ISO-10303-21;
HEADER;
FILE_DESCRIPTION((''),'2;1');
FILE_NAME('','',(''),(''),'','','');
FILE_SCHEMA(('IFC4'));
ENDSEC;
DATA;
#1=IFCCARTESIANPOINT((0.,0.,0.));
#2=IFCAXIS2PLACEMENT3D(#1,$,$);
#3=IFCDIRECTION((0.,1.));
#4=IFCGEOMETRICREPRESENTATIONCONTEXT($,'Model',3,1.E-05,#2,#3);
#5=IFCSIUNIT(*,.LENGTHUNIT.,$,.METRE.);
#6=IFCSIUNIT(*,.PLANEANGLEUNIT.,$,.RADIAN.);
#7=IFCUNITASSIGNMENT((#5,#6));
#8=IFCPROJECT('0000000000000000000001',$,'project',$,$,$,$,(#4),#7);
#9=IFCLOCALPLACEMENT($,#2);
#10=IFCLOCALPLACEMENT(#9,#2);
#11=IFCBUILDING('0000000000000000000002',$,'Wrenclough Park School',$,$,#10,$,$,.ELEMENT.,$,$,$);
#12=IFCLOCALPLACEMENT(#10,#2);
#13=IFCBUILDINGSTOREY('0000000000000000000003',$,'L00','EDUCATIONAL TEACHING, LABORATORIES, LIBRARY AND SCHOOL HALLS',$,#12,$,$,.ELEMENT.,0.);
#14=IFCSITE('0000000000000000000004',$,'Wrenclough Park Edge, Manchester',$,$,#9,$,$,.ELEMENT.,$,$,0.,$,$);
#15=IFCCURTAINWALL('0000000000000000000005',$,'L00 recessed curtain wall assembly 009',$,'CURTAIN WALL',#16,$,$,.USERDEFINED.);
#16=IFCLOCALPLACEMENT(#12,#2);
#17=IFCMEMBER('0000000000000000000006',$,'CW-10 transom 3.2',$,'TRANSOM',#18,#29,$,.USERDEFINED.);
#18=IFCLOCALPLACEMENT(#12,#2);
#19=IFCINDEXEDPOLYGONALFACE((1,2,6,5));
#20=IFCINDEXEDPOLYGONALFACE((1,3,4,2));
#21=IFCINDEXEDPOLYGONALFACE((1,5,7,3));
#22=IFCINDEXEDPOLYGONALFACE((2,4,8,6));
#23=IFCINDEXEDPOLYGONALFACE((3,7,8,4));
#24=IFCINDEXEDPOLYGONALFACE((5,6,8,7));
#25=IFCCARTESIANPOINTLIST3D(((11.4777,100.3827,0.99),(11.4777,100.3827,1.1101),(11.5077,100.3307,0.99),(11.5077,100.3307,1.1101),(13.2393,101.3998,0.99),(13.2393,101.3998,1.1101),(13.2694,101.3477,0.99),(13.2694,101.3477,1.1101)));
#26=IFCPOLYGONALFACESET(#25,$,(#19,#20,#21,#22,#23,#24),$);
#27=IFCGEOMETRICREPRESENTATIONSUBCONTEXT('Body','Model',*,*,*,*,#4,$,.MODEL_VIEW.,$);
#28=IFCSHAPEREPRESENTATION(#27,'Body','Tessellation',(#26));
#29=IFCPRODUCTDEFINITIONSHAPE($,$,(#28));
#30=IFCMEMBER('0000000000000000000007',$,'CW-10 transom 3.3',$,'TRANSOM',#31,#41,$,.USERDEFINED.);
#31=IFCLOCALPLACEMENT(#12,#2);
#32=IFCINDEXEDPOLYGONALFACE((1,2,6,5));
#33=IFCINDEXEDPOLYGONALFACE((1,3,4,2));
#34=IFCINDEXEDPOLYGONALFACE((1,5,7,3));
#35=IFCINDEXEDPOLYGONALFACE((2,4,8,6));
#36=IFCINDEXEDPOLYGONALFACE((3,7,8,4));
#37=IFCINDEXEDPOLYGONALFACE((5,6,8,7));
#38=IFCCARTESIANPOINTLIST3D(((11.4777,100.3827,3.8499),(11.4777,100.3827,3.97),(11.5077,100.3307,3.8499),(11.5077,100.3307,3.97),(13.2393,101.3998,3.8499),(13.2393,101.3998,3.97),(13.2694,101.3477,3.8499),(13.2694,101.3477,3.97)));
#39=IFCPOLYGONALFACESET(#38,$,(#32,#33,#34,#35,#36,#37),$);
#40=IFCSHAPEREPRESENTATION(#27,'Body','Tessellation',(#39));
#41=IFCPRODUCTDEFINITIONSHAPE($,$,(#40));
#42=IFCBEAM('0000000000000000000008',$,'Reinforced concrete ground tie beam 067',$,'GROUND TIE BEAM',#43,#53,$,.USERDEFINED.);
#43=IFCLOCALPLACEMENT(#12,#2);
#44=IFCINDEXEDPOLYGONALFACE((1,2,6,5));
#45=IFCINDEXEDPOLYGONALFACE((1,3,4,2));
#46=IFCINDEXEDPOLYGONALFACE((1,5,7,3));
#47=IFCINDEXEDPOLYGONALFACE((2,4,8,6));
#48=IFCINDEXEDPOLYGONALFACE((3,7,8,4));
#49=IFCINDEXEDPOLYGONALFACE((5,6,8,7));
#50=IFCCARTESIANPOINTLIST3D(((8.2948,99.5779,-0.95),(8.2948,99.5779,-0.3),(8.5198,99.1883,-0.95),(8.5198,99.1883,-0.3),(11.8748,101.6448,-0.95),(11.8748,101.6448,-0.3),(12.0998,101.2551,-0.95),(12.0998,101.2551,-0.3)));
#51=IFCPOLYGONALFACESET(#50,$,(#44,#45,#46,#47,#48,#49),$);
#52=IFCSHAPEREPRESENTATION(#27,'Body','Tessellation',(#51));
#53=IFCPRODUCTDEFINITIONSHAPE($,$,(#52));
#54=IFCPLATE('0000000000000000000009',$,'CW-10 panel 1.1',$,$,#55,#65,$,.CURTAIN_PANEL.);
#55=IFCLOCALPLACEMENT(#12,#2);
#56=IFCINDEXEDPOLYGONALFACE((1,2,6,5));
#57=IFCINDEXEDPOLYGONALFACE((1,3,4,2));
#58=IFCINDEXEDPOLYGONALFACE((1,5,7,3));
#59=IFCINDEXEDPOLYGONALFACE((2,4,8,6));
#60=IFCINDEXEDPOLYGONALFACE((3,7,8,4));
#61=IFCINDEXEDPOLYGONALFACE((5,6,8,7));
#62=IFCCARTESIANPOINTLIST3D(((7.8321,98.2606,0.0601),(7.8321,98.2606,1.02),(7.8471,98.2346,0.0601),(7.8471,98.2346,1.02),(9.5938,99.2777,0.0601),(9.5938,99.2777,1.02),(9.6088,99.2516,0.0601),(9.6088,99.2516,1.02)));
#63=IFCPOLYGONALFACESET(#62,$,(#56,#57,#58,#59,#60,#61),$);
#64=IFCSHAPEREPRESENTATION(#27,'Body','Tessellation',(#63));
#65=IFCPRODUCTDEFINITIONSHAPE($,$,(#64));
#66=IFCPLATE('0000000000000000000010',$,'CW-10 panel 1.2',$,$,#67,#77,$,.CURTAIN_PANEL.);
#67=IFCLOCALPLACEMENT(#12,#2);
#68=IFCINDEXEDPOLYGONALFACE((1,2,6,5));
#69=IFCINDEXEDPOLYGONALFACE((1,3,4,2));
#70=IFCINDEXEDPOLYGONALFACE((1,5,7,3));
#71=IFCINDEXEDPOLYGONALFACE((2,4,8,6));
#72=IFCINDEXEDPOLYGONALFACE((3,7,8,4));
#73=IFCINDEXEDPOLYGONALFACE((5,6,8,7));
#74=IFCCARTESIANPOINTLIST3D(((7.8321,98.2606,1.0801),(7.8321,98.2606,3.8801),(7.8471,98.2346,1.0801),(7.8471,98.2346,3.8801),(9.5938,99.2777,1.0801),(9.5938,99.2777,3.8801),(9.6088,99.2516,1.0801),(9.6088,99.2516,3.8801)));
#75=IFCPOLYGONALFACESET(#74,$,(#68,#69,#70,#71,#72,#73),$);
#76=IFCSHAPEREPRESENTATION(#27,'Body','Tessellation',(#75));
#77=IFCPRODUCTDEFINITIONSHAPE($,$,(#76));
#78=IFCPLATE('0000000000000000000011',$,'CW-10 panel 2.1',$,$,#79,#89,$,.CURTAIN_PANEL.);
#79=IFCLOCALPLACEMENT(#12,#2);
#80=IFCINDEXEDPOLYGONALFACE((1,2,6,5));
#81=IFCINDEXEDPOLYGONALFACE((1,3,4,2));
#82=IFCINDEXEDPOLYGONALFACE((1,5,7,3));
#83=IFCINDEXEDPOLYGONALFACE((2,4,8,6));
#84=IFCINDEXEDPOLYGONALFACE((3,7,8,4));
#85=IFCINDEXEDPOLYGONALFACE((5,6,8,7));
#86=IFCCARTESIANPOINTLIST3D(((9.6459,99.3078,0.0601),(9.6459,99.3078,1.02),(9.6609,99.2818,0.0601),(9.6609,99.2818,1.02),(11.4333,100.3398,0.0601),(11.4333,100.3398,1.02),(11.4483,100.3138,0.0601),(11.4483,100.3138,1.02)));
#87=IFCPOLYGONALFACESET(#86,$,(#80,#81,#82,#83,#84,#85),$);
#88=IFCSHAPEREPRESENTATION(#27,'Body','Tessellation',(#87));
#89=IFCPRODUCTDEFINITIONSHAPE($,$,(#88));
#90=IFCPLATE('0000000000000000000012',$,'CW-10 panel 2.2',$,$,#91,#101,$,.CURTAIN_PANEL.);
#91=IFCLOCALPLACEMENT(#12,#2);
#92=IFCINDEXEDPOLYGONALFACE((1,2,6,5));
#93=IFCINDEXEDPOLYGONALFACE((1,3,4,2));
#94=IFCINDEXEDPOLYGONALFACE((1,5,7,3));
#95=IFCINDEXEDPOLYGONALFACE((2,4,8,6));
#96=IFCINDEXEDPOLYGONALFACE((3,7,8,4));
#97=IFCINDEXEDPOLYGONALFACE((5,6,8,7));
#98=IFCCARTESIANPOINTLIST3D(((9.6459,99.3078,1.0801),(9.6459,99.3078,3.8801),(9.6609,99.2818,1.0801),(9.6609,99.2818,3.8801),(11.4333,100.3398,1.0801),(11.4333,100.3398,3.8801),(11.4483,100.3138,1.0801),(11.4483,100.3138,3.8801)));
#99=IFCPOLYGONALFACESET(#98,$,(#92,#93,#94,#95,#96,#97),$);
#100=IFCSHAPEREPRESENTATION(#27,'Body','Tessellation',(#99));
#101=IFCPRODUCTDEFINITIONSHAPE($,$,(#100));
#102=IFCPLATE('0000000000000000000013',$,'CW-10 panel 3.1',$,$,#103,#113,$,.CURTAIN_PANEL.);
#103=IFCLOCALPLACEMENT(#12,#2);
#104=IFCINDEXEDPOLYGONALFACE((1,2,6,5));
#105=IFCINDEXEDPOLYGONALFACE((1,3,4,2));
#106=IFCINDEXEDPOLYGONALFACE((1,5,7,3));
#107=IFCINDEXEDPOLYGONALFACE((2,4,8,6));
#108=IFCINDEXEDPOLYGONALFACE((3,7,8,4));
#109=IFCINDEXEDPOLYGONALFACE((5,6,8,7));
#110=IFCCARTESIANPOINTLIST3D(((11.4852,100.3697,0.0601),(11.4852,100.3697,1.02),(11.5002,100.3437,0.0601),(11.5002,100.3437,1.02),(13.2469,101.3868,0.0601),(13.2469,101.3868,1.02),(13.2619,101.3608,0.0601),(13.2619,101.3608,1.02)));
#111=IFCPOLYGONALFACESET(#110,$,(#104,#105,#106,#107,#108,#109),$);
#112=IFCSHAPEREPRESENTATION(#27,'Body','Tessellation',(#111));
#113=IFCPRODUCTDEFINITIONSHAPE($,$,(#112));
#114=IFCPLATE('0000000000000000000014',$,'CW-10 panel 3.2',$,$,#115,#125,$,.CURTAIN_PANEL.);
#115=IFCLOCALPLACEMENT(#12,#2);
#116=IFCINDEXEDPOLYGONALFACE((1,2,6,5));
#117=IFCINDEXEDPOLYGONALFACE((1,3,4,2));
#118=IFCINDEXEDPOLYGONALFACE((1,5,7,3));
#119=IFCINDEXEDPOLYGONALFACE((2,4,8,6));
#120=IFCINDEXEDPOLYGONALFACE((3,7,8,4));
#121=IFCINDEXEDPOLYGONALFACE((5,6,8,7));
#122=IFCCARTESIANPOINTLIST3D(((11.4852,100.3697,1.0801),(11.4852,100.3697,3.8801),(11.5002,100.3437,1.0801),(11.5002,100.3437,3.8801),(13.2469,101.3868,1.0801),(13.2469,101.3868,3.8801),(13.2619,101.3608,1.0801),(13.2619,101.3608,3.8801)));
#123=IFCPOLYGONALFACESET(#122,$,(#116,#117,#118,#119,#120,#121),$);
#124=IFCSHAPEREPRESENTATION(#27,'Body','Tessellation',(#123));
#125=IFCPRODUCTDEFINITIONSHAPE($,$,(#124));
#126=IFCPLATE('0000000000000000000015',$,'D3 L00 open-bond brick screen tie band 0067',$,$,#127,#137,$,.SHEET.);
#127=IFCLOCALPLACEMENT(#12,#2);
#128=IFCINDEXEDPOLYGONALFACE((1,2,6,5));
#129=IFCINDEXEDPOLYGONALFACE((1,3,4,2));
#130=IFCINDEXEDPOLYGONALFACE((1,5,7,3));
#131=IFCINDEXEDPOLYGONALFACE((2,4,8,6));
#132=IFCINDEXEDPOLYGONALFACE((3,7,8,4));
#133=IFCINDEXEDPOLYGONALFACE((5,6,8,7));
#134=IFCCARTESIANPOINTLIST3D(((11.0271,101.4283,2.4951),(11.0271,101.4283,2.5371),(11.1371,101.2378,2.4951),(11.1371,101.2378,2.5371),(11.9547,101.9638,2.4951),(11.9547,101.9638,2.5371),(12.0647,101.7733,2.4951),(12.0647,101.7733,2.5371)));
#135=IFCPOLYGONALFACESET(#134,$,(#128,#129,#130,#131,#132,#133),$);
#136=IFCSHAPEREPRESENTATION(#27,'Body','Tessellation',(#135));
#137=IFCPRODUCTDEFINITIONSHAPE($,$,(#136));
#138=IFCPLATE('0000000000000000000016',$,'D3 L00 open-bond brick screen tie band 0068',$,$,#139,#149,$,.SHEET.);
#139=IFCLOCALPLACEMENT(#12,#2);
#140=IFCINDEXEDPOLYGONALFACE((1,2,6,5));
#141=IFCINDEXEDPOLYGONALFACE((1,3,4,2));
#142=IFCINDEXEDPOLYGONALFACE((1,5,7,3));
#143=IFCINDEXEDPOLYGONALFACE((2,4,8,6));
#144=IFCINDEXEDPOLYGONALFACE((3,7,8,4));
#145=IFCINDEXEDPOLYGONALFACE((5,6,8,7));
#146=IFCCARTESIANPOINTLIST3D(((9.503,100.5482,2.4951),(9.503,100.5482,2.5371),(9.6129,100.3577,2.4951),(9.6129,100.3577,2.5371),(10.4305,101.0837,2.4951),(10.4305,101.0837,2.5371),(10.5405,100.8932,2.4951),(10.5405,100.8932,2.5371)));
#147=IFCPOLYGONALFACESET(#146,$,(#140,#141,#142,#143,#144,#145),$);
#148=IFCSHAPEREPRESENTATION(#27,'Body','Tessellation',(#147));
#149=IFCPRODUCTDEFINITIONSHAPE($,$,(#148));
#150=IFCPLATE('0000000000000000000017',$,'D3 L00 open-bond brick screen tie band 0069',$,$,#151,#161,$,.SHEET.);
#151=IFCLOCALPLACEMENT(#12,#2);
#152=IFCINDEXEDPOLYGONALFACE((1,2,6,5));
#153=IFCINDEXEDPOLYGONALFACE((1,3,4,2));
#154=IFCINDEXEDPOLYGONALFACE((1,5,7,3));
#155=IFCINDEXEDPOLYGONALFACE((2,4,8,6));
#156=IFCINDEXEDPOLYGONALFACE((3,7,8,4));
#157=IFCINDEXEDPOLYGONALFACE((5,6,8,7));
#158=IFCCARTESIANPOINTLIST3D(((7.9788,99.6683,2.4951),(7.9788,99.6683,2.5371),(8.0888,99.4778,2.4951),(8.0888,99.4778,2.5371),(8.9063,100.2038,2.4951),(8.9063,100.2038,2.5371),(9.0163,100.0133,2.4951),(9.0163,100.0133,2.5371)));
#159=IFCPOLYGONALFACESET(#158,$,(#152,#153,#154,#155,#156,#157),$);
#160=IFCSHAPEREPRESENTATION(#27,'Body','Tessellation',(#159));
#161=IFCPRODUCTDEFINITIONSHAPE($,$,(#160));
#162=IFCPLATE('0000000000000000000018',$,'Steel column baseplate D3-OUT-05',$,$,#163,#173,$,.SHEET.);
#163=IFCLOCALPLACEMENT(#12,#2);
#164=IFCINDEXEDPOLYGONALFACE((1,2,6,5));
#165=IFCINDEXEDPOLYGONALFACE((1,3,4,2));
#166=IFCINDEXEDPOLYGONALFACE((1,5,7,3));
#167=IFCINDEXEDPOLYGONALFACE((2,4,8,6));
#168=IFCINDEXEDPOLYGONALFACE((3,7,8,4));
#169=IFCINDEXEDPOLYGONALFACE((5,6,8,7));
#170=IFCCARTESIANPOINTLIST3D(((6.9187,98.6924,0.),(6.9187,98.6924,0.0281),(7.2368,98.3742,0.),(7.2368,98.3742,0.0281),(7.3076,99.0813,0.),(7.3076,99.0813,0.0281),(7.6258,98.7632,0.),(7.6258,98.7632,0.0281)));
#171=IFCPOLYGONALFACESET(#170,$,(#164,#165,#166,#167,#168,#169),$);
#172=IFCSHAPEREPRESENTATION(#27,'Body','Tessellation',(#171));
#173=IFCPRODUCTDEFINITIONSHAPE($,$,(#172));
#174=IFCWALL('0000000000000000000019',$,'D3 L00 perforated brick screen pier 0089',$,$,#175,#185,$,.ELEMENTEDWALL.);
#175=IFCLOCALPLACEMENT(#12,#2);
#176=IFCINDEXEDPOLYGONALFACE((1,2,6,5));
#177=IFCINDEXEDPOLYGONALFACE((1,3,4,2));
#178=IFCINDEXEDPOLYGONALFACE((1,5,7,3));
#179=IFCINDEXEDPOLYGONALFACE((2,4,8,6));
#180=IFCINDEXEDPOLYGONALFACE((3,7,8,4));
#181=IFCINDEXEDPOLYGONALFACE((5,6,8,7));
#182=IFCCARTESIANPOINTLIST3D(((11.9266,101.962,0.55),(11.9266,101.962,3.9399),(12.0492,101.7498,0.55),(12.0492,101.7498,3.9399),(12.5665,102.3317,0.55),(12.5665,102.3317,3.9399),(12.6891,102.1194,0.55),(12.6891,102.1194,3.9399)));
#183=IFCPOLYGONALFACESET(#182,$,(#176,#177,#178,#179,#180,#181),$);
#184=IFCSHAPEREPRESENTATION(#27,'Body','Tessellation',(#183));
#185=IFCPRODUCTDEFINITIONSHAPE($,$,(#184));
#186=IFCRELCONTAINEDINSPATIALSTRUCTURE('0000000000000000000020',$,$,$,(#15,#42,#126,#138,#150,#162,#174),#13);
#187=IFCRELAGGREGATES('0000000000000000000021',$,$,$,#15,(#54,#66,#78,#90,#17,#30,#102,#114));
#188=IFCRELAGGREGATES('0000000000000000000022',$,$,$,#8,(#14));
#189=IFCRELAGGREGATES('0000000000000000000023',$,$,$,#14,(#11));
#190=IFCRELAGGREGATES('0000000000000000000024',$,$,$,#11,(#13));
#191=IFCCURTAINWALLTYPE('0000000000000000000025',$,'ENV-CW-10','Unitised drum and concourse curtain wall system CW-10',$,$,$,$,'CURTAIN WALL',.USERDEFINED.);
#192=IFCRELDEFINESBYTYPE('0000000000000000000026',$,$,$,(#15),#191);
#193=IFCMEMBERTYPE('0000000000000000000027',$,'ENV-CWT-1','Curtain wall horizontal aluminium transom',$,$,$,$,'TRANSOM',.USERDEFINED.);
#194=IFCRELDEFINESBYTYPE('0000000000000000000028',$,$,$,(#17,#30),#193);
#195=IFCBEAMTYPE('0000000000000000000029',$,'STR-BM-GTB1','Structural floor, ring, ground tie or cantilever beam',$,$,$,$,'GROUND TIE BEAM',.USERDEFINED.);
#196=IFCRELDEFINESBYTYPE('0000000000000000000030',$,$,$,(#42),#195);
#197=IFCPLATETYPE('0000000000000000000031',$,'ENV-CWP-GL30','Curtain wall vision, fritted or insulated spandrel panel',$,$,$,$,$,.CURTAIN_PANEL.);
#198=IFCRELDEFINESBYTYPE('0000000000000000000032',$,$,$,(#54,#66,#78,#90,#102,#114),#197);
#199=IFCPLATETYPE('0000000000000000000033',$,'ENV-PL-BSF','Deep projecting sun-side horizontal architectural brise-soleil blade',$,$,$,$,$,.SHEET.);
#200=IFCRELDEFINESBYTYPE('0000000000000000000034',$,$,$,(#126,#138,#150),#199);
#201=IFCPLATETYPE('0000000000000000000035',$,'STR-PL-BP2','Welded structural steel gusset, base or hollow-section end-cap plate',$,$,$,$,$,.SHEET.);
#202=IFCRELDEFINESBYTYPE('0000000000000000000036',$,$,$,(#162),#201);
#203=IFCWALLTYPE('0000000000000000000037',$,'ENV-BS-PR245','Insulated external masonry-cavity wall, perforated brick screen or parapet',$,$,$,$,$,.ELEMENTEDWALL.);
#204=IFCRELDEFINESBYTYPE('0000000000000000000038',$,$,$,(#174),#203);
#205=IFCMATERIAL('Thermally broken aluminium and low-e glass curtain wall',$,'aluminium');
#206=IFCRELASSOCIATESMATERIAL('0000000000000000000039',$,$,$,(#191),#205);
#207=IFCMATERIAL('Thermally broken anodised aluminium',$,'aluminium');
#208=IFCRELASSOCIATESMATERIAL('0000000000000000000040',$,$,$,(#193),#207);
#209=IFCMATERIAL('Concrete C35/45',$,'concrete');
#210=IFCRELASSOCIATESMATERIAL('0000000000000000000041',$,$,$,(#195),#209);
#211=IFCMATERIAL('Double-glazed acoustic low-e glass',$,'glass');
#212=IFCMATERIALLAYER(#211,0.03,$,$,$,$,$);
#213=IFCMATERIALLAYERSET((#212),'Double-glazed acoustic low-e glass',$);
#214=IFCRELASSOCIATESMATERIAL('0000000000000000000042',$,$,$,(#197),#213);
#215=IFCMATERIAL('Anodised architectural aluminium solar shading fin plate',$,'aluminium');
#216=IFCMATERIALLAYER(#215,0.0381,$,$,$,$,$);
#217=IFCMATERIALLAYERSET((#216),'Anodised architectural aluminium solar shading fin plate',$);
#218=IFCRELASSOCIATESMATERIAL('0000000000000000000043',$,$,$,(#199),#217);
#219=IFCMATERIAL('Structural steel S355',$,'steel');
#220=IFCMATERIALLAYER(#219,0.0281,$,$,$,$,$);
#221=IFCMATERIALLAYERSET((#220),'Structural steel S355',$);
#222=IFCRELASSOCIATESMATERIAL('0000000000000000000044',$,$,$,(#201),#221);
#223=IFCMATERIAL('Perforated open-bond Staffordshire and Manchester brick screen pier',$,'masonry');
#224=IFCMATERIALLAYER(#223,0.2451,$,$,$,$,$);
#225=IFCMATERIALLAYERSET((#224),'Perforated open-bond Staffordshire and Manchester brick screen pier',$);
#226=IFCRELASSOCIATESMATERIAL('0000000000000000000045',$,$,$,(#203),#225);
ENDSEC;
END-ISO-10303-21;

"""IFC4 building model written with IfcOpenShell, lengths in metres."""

from ifc_helpers import new_model, si_unit, direction, frame, frame_2d, origin, origin_2d, place, context, subcontext, project, spatial, rectangle, extrude, material, layer, layer_set, material_profile, profile_set, type_object, element, aggregate, save


model = new_model("IFC4")

# Units and contexts
model_context = context("Model", 3, precision=1e-05, world=origin(), true_north=direction((0.0, 1.0)))
body_context = subcontext(model_context, "Body", "Model", "MODEL_VIEW")
ifc_project = project(units=[si_unit("LENGTHUNIT", "METRE"), si_unit("PLANEANGLEUNIT", "RADIAN")], contexts=[model_context])

# Site, building, storey
site_placement = place(None, origin())
site = spatial("IfcSite", under=ifc_project, at=site_placement, Name="Wrenclough Park Edge, Manchester", CompositionType="ELEMENT", RefElevation=0.0)
building_placement = place(site_placement, origin())
building = spatial("IfcBuilding", under=site, at=building_placement, Name="Wrenclough Park School", CompositionType="ELEMENT")
storey_placement = place(building_placement, origin())
storey = spatial("IfcBuildingStorey", under=building, at=storey_placement, Name="L00", Description="EDUCATIONAL TEACHING, LABORATORIES, LIBRARY AND SCHOOL HALLS", CompositionType="ELEMENT", Elevation=0.0)

# Shared definitions
ifc_material_1 = material(Name="Concrete C35/45", Category="concrete")

# Shared definitions
ifc_material_2 = material(Name="Structural steel S355", Category="steel")

# Curtain wall, members
ifc_material_3 = material(Name="Thermally broken aluminium and low-e glass curtain wall", Category="aluminium")
curtain_wall_type = type_object("IfcCurtainWallType", Name="ENV-CW-10", Description="Unitised drum and concourse curtain wall system CW-10", ElementType="CURTAIN WALL", PredefinedType="USERDEFINED", material=ifc_material_3)
curtain_wall_placement = place(storey_placement, origin())
curtain_wall = element("IfcCurtainWall", 1, at=curtain_wall_placement, inside=storey, type_object=curtain_wall_type, Name="L00 recessed curtain wall assembly 009", ObjectType="CURTAIN WALL", PredefinedType="USERDEFINED")
ifc_material_4 = material(Name="Thermally broken anodised aluminium", Category="aluminium")
ifc_material_profile_1 = material_profile(ifc_material_4, rectangle(XDim=0.0601, YDim=0.1201, at=origin_2d()), Name="AL TRANSOM 60x120")
ifc_profile_set_1 = profile_set([ifc_material_profile_1], Name="Thermally broken anodised aluminium")
member_type_1 = type_object("IfcMemberType", Name="ENV-CWT-1", Description="Curtain wall horizontal aluminium transom", ElementType="TRANSOM", PredefinedType="USERDEFINED", material=ifc_profile_set_1)
member_1_placement = place(storey_placement, frame((11.4927, 100.3567, 1.05), z_axis=(0.866034, 0.499986, 0.0), x_axis=(-0.499986, 0.866034, 0.0)))
member_1 = element("IfcMember", 2, at=member_1_placement, type_object=member_type_1, Name="CW-10 transom 3.2", ObjectType="TRANSOM", PredefinedType="USERDEFINED", context=body_context, shape_type="SweptSolid", body=[
    extrude(rectangle(XDim=0.0601, YDim=0.1201, at=origin_2d()), origin(), (0.0, 0.0, 1.0), 2.0342),
])
member_2_placement = place(storey_placement, frame((11.4927, 100.3567, 3.9099), z_axis=(0.866034, 0.499986, 0.0), x_axis=(-0.499986, 0.866034, 0.0)))
member_2 = element("IfcMember", 3, at=member_2_placement, type_object=member_type_1, Name="CW-10 transom 3.3", ObjectType="TRANSOM", PredefinedType="USERDEFINED", context=body_context, shape_type="SweptSolid", body=[
    extrude(rectangle(XDim=0.0601, YDim=0.1201, at=origin_2d()), origin(), (0.0, 0.0, 1.0), 2.0342),
])

# Beam
ifc_material_profile_2 = material_profile(ifc_material_1, rectangle(XDim=0.45, YDim=0.6499, at=origin_2d()), Name="RC GROUND 450x650")
ifc_profile_set_2 = profile_set([ifc_material_profile_2], Name="Concrete C35/45")
beam_type = type_object("IfcBeamType", Name="STR-BM-GTB1", Description="Structural floor, ring, ground tie or cantilever beam", ElementType="GROUND TIE BEAM", PredefinedType="USERDEFINED", material=ifc_profile_set_2)
beam_placement = place(storey_placement, frame((11.9873, 101.45, -0.625), z_axis=(-0.866032, -0.499988, 0.0), x_axis=(0.499988, -0.866032, 0.0)))
element("IfcBeam", 4, at=beam_placement, inside=storey, type_object=beam_type, Name="Reinforced concrete ground tie beam 067", ObjectType="GROUND TIE BEAM", PredefinedType="USERDEFINED", context=body_context, shape_type="SweptSolid", body=[
    extrude(rectangle(XDim=0.45, YDim=0.6499, at=origin_2d()), origin(), (0.0, 0.0, 1.0), 4.1338),
])

# Plates
ifc_material_5 = material(Name="Double-glazed acoustic low-e glass", Category="glass")
ifc_layer_1 = layer(ifc_material_5, 0.03)
ifc_layer_set_1 = layer_set([ifc_layer_1], Name="Double-glazed acoustic low-e glass")
plate_type_1 = type_object("IfcPlateType", Name="ENV-CWP-GL30", Description="Curtain wall vision, fritted or insulated spandrel panel", PredefinedType="CURTAIN_PANEL", material=ifc_layer_set_1)
plate_1_placement = place(storey_placement, frame((8.7205, 98.7561, 0.0601), z_axis=(0.0, 0.0, 1.0), x_axis=(0.866026, 0.499999, 0.0)))
plate_1 = element("IfcPlate", 5, at=plate_1_placement, type_object=plate_type_1, Name="CW-10 panel 1.1", PredefinedType="CURTAIN_PANEL", context=body_context, shape_type="SweptSolid", body=[
    extrude(rectangle(XDim=2.0342, YDim=0.03, at=origin_2d()), origin(), (0.0, 0.0, 1.0), 0.96),
])
plate_2_placement = place(storey_placement, frame((8.7205, 98.7561, 1.0801), z_axis=(0.0, 0.0, 1.0), x_axis=(0.866026, 0.499999, 0.0)))
plate_2 = element("IfcPlate", 6, at=plate_2_placement, type_object=plate_type_1, Name="CW-10 panel 1.2", PredefinedType="CURTAIN_PANEL", context=body_context, shape_type="SweptSolid", body=[
    extrude(rectangle(XDim=2.0342, YDim=0.03, at=origin_2d()), origin(), (0.0, 0.0, 1.0), 2.8),
])
plate_3_placement = place(storey_placement, frame((10.5471, 99.8108, 0.0601), z_axis=(0.0, 0.0, 1.0), x_axis=(0.866026, 0.499999, 0.0)))
plate_3 = element("IfcPlate", 7, at=plate_3_placement, type_object=plate_type_1, Name="CW-10 panel 2.1", PredefinedType="CURTAIN_PANEL", context=body_context, shape_type="SweptSolid", body=[
    extrude(rectangle(XDim=2.064, YDim=0.03, at=origin_2d()), origin(), (0.0, 0.0, 1.0), 0.96),
])
plate_4_placement = place(storey_placement, frame((10.5471, 99.8108, 1.0801), z_axis=(0.0, 0.0, 1.0), x_axis=(0.866026, 0.499999, 0.0)))
plate_4 = element("IfcPlate", 8, at=plate_4_placement, type_object=plate_type_1, Name="CW-10 panel 2.2", PredefinedType="CURTAIN_PANEL", context=body_context, shape_type="SweptSolid", body=[
    extrude(rectangle(XDim=2.064, YDim=0.03, at=origin_2d()), origin(), (0.0, 0.0, 1.0), 2.8),
])
plate_5_placement = place(storey_placement, frame((12.3735, 100.8652, 0.0601), z_axis=(0.0, 0.0, 1.0), x_axis=(0.866026, 0.499999, 0.0)))
plate_5 = element("IfcPlate", 9, at=plate_5_placement, type_object=plate_type_1, Name="CW-10 panel 3.1", PredefinedType="CURTAIN_PANEL", context=body_context, shape_type="SweptSolid", body=[
    extrude(rectangle(XDim=2.0342, YDim=0.03, at=origin_2d()), origin(), (0.0, 0.0, 1.0), 0.96),
])
plate_6_placement = place(storey_placement, frame((12.3735, 100.8652, 1.0801), z_axis=(0.0, 0.0, 1.0), x_axis=(0.866026, 0.499999, 0.0)))
plate_6 = element("IfcPlate", 10, at=plate_6_placement, type_object=plate_type_1, Name="CW-10 panel 3.2", PredefinedType="CURTAIN_PANEL", context=body_context, shape_type="SweptSolid", body=[
    extrude(rectangle(XDim=2.0342, YDim=0.03, at=origin_2d()), origin(), (0.0, 0.0, 1.0), 2.8),
])
aggregate(curtain_wall, [plate_1, plate_2, plate_3, plate_4, member_1, member_2, plate_5, plate_6])

# Plates
ifc_material_6 = material(Name="Anodised architectural aluminium solar shading fin plate", Category="aluminium")
ifc_layer_2 = layer(ifc_material_6, 0.0381)
ifc_layer_set_2 = layer_set([ifc_layer_2], Name="Anodised architectural aluminium solar shading fin plate")
plate_type_2 = type_object("IfcPlateType", Name="ENV-PL-BSF", Description="Deep projecting sun-side horizontal architectural brise-soleil blade", PredefinedType="SHEET", material=ifc_layer_set_2)
for number, where, z_axis, x_axis, name in (
    (11, (11.5459, 101.6008, 2.4951), (0.0, 0.0, 1.0), (-0.866031, -0.499991, 0.0), "D3 L00 open-bond brick screen tie band 0067"),
    (12, (10.0217, 100.7207, 2.4951), (0.0, 0.0, 1.0), (-0.866031, -0.499991, 0.0), "D3 L00 open-bond brick screen tie band 0068"),
    (13, (8.4976, 99.8408, 2.4951), (0.0, 0.0, 1.0), (-0.866031, -0.499991, 0.0), "D3 L00 open-bond brick screen tie band 0069"),
):
    element("IfcPlate", number, at=place(storey_placement, frame(where, z_axis=z_axis, x_axis=x_axis)), inside=storey, type_object=plate_type_2, Name=name, PredefinedType="SHEET", context=body_context, shape_type="SweptSolid", body=[
        extrude(rectangle(XDim=1.071, YDim=0.22, at=origin_2d()), origin(), (0.0, 0.0, 1.0), 0.042),
    ])
ifc_layer_3 = layer(ifc_material_2, 0.0281)
ifc_layer_set_3 = layer_set([ifc_layer_3], Name="Structural steel S355")
plate_type_3 = type_object("IfcPlateType", Name="STR-PL-BP2", Description="Welded structural steel gusset, base or hollow-section end-cap plate", PredefinedType="SHEET", material=ifc_layer_set_3)
plate_7_placement = place(storey_placement, frame((7.2722, 98.7278, 0.0), z_axis=(0.0, 0.0, 1.0), x_axis=(-0.707107, -0.707107, 0.0)))
element("IfcPlate", 14, at=plate_7_placement, inside=storey, type_object=plate_type_3, Name="Steel column baseplate D3-OUT-05", PredefinedType="SHEET", context=body_context, shape_type="SweptSolid", body=[
    extrude(rectangle(XDim=0.55, YDim=0.45, at=origin_2d()), origin(), (0.0, 0.0, 1.0), 0.0281),
])

# Wall
ifc_material_7 = material(Name="Perforated open-bond Staffordshire and Manchester brick screen pier", Category="masonry")
ifc_layer_4 = layer(ifc_material_7, 0.2451)
ifc_layer_set_4 = layer_set([ifc_layer_4], Name="Perforated open-bond Staffordshire and Manchester brick screen pier")
wall_type_1 = type_object("IfcWallType", Name="ENV-BS-PR245", Description="Insulated external masonry-cavity wall, perforated brick screen or parapet", PredefinedType="ELEMENTEDWALL", material=ifc_layer_set_4)
wall_1_placement = place(storey_placement, frame((12.6279, 102.2256, 0.55), z_axis=(0.0, 0.0, 1.0), x_axis=(-0.865916, -0.50019, 0.0)))
element("IfcWall", 15, at=wall_1_placement, inside=storey, type_object=wall_type_1, Name="D3 L00 perforated brick screen pier 0089", PredefinedType="ELEMENTEDWALL", context=body_context, shape_type="SweptSolid", body=[
    extrude(rectangle(XDim=0.739, YDim=0.2451, at=frame_2d((0.3696, 0.0))), origin(), (0.0, 0.0, 1.0), 3.3899),
])

save(model, "model.ifc")
